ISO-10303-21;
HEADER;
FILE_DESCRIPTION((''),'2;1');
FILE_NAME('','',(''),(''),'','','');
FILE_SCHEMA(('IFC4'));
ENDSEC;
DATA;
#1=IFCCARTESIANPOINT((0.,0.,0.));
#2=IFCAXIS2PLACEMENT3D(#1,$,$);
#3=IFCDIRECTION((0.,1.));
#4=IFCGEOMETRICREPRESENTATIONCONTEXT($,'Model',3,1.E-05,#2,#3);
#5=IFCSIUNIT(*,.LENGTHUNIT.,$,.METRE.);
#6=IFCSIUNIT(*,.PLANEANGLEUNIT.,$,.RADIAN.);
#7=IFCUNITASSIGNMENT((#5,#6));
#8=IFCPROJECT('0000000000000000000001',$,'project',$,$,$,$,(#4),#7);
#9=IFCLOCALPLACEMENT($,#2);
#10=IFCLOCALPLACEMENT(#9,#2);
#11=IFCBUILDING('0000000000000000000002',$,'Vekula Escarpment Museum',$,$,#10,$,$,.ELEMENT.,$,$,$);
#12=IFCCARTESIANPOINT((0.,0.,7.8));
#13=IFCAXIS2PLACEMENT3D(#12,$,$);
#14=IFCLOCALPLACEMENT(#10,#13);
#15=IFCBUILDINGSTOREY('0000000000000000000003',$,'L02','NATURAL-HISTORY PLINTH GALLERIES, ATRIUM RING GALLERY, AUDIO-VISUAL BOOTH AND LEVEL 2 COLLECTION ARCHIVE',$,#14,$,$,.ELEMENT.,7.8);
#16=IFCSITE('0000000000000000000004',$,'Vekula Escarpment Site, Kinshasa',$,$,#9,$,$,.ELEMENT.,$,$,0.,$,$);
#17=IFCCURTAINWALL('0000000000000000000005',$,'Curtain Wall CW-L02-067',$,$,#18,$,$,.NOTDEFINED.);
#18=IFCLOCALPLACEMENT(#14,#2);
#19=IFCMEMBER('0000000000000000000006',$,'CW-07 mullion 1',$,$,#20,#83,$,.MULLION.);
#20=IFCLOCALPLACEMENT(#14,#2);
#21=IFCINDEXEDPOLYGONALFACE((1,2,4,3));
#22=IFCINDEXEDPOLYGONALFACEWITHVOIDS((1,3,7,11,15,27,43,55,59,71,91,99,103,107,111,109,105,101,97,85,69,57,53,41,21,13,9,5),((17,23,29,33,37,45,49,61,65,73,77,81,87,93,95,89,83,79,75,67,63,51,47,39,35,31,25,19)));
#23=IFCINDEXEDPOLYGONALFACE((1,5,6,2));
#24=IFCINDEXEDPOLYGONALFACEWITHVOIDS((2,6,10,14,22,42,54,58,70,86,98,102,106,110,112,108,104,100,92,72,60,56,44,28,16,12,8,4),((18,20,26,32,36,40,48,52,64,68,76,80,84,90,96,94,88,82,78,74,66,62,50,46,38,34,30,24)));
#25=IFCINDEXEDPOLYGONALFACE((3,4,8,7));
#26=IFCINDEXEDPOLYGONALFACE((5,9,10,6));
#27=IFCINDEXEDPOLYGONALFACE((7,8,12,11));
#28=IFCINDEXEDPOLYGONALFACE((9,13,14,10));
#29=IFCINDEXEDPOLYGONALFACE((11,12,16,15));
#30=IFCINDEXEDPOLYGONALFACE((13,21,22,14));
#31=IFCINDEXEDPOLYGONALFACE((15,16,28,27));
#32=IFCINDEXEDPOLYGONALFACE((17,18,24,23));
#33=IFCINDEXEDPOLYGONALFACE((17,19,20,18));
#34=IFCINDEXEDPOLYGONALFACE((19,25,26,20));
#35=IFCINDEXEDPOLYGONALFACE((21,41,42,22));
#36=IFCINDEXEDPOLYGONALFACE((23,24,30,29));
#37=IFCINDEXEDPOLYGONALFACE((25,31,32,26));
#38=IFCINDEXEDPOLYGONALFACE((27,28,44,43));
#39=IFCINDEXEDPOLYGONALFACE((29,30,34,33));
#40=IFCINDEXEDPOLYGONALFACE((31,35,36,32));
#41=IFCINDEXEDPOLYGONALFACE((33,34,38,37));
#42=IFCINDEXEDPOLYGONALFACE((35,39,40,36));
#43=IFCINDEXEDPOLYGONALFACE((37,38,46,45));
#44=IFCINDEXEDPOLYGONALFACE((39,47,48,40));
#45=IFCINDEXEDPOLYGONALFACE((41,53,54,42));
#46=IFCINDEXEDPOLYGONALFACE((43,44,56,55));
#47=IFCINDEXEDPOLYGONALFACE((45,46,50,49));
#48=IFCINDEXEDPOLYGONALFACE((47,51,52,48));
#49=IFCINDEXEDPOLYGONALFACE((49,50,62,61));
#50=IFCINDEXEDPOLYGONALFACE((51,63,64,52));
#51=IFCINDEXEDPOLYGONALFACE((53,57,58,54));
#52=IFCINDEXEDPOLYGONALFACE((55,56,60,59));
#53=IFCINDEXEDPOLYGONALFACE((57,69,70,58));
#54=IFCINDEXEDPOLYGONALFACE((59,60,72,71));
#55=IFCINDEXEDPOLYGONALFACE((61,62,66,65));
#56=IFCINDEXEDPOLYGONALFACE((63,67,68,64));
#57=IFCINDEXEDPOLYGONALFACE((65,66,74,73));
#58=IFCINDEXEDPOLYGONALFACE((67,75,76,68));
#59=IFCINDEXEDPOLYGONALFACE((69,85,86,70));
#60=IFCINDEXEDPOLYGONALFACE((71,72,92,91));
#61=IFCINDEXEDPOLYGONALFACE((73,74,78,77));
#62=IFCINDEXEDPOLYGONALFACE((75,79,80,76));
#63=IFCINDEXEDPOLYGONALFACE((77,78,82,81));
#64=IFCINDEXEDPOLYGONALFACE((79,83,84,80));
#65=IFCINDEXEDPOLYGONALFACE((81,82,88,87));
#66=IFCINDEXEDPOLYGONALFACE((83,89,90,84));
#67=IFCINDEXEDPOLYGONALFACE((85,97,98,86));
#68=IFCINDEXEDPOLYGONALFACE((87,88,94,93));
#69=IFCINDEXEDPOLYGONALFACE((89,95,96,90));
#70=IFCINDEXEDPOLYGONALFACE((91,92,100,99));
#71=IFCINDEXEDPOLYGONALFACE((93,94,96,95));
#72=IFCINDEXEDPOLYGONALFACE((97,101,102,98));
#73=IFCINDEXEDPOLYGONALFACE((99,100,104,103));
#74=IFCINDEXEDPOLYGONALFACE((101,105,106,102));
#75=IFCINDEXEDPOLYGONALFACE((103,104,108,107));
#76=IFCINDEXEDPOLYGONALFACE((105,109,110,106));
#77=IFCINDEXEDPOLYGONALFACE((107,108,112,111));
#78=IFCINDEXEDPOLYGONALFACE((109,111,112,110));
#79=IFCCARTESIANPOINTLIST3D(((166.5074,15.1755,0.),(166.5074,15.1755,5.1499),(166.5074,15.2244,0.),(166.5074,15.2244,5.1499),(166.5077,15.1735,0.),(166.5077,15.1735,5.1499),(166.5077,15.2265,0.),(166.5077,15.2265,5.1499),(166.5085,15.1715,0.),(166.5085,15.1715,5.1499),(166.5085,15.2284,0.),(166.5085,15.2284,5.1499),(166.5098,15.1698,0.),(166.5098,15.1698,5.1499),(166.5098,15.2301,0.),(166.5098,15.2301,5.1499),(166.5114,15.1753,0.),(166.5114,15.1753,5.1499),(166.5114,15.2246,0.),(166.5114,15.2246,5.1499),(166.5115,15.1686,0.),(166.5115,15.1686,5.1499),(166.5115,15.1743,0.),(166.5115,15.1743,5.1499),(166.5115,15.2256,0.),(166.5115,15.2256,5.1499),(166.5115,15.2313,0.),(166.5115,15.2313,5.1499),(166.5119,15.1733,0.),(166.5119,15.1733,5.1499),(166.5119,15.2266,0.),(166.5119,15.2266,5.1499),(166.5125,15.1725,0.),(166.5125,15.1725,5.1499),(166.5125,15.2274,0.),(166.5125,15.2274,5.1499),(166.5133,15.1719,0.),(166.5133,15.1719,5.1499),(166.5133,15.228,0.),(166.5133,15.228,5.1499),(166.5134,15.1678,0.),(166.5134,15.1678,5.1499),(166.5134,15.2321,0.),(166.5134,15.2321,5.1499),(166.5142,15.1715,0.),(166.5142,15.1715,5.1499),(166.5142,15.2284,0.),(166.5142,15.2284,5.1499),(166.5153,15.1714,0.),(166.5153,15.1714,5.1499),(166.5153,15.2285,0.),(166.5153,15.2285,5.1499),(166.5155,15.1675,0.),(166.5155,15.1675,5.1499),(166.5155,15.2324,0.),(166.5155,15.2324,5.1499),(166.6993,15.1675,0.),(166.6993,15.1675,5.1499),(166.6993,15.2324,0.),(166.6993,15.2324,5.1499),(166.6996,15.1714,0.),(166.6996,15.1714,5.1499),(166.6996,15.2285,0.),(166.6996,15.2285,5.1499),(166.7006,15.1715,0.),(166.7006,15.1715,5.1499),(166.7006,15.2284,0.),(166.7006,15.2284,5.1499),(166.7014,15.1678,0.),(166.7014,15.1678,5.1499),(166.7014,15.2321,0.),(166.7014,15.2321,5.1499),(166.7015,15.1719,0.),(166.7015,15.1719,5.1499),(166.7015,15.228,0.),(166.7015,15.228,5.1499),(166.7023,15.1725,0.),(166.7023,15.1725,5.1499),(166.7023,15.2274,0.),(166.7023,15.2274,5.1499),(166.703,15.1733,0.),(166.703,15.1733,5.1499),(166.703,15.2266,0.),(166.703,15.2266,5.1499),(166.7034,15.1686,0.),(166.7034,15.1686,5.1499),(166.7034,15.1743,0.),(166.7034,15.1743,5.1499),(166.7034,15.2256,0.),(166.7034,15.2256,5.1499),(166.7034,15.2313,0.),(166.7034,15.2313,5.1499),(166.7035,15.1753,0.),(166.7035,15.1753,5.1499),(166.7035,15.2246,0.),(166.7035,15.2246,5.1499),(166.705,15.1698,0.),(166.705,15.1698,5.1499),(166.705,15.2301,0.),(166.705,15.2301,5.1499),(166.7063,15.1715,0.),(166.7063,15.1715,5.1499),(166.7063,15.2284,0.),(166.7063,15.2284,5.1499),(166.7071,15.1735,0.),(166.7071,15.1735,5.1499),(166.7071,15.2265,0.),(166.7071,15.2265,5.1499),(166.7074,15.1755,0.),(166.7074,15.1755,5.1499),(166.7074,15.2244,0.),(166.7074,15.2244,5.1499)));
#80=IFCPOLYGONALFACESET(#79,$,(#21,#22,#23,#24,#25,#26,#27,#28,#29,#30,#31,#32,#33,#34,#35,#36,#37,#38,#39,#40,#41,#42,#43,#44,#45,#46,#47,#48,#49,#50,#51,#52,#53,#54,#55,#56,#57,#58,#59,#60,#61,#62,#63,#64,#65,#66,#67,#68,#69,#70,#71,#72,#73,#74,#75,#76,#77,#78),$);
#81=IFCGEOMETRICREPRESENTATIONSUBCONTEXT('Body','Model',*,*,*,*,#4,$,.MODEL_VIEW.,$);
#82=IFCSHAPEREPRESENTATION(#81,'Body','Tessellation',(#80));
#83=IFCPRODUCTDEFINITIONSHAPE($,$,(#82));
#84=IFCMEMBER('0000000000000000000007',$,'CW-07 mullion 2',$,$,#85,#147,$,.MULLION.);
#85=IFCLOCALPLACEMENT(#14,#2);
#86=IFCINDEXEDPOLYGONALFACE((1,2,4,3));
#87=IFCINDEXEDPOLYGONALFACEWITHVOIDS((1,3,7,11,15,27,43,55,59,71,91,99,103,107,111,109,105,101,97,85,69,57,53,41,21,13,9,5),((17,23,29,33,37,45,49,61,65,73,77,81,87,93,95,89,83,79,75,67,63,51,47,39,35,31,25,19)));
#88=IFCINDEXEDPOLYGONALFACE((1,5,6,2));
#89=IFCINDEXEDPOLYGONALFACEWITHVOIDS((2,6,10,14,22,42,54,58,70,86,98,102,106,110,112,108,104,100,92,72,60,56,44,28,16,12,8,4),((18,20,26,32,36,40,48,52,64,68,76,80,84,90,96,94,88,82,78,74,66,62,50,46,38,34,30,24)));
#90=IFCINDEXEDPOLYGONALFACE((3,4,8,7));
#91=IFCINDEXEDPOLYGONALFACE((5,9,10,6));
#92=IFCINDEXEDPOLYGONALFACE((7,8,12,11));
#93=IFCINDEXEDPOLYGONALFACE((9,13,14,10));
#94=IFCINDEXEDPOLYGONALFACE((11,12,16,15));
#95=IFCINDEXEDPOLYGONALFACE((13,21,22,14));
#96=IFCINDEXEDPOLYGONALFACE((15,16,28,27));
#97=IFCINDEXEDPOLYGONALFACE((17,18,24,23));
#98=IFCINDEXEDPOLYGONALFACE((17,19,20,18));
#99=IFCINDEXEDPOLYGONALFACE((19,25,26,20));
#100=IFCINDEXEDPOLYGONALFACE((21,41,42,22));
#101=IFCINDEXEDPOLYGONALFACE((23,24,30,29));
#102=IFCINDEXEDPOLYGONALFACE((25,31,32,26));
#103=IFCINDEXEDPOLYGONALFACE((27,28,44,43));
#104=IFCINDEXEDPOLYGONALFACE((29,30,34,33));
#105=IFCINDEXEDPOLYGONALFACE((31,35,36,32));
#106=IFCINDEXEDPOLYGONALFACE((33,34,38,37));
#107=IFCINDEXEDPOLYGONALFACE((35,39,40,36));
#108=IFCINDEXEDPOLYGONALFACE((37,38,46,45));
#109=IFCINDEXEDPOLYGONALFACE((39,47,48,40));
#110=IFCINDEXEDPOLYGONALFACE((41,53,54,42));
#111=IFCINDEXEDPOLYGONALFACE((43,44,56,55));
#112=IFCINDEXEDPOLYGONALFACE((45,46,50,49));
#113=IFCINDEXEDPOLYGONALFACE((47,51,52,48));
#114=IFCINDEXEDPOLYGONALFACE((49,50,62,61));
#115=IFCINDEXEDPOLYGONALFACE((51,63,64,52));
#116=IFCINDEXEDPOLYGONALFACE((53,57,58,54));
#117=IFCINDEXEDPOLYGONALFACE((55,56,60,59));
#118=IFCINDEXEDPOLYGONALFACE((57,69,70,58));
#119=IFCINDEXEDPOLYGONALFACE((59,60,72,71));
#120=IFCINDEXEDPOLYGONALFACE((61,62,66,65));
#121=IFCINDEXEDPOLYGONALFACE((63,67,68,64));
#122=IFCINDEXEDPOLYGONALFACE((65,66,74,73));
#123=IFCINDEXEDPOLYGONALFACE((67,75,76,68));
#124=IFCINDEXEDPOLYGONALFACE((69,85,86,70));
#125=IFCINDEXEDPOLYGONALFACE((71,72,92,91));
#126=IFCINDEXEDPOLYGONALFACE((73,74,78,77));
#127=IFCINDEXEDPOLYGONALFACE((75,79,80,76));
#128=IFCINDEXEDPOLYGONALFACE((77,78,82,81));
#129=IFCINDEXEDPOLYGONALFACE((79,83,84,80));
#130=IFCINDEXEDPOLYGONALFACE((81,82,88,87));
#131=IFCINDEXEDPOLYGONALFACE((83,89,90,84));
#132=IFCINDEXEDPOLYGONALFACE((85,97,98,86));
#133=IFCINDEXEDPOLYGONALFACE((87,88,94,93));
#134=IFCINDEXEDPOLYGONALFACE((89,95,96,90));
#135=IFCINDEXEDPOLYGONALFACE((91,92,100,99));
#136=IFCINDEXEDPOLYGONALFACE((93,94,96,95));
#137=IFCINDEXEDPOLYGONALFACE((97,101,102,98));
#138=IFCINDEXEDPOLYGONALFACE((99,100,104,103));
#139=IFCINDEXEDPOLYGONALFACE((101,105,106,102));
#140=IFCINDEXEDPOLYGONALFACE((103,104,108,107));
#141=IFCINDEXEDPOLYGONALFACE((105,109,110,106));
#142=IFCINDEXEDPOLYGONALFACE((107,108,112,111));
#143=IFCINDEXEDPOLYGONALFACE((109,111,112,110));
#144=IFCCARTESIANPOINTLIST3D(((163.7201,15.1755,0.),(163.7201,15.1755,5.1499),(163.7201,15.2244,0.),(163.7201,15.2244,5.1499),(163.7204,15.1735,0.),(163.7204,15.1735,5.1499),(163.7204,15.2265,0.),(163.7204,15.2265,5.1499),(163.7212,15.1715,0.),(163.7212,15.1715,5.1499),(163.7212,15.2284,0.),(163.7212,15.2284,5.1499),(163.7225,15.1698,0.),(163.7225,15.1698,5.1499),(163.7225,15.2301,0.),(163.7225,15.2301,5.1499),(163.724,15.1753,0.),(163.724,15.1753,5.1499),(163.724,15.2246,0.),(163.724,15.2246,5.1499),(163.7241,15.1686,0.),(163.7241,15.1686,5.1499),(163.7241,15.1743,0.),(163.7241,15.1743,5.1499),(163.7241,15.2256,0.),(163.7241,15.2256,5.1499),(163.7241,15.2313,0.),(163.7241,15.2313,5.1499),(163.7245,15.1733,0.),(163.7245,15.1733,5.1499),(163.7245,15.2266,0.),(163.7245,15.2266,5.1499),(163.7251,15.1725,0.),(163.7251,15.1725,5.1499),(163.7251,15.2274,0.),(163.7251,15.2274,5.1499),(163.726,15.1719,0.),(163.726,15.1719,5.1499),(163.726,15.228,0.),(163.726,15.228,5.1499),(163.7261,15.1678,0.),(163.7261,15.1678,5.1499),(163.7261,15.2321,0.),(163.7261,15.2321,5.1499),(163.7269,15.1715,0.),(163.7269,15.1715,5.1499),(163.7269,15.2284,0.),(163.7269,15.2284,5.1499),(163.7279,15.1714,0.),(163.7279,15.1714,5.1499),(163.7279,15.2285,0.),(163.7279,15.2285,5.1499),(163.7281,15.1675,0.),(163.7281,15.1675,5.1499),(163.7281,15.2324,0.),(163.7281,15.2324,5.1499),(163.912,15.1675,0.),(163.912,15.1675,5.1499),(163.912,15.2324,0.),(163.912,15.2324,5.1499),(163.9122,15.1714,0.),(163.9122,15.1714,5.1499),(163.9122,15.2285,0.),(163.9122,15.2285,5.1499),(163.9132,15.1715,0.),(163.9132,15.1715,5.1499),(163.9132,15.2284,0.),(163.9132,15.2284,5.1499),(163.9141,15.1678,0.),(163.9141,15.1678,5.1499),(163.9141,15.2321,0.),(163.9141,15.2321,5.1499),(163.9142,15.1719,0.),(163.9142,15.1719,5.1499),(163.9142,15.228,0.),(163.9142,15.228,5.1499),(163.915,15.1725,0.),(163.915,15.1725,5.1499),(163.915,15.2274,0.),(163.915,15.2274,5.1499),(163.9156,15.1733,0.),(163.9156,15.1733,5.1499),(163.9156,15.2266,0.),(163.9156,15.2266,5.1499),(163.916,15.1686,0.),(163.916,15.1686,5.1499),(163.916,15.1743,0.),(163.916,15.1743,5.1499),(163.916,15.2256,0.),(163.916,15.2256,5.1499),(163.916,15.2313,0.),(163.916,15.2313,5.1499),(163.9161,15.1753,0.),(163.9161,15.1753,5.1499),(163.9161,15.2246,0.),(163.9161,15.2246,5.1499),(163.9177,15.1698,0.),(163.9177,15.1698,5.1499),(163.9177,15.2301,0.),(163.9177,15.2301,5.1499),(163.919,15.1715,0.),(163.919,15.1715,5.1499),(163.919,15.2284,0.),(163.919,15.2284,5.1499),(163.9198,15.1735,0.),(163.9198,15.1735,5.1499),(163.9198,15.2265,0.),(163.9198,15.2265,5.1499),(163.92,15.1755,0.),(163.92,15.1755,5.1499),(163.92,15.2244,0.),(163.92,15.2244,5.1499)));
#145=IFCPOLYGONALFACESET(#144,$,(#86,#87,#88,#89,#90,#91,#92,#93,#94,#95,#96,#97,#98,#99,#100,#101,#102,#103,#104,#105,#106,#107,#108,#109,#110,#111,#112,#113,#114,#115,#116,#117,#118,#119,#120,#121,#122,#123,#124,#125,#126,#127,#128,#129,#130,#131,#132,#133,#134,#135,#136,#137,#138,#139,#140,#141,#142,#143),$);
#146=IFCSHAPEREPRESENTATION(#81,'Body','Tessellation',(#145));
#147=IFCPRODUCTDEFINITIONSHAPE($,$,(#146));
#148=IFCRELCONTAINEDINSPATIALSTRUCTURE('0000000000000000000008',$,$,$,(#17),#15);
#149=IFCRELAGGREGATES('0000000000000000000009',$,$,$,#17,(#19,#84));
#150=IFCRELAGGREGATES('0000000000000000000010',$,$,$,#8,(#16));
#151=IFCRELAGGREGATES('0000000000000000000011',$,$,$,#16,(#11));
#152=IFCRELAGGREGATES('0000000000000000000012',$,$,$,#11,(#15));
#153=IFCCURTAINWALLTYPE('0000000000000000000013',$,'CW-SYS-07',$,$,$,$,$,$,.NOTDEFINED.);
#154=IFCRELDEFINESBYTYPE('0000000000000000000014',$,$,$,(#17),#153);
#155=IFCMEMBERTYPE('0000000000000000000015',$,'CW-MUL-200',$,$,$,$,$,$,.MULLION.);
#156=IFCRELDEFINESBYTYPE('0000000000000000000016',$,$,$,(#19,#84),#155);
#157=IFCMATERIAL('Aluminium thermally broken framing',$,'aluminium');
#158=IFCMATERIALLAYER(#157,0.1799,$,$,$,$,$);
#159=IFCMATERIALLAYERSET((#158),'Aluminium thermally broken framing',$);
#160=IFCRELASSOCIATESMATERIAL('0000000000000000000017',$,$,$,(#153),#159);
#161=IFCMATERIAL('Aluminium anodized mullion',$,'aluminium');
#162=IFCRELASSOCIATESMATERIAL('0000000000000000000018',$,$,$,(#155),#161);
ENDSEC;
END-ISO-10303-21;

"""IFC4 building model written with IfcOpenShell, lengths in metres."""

from ifc_helpers import new_model, si_unit, direction, frame, origin, origin_2d, place, context, subcontext, project, spatial, hollow_rectangle, extrude, material, layer, layer_set, material_profile, profile_set, type_object, element, aggregate, save


model = new_model("IFC4")

# Units and contexts
model_context = context("Model", 3, precision=1e-05, world=origin(), true_north=direction((0.0, 1.0)))
body_context = subcontext(model_context, "Body", "Model", "MODEL_VIEW")
ifc_project = project(units=[si_unit("LENGTHUNIT", "METRE"), si_unit("PLANEANGLEUNIT", "RADIAN")], contexts=[model_context])

# Site, building, storey
site_placement = place(None, origin())
site = spatial("IfcSite", under=ifc_project, at=site_placement, Name="Vekula Escarpment Site, Kinshasa", CompositionType="ELEMENT", RefElevation=0.0)
building_placement = place(site_placement, origin())
building = spatial("IfcBuilding", under=site, at=building_placement, Name="Vekula Escarpment Museum", CompositionType="ELEMENT")
storey_placement = place(building_placement, frame((0.0, 0.0, 7.8)))
storey = spatial("IfcBuildingStorey", under=building, at=storey_placement, Name="L02", Description="NATURAL-HISTORY PLINTH GALLERIES, ATRIUM RING GALLERY, AUDIO-VISUAL BOOTH AND LEVEL 2 COLLECTION ARCHIVE", CompositionType="ELEMENT", Elevation=7.8)

# Curtain wall, members
ifc_material_1 = material(Name="Aluminium thermally broken framing", Category="aluminium")
ifc_layer_1 = layer(ifc_material_1, 0.1799)
ifc_layer_set_1 = layer_set([ifc_layer_1], Name="Aluminium thermally broken framing")
curtain_wall_type = type_object("IfcCurtainWallType", Name="CW-SYS-07", PredefinedType="NOTDEFINED", material=ifc_layer_set_1)
curtain_wall_placement = place(storey_placement, origin())
curtain_wall = element("IfcCurtainWall", 1, at=curtain_wall_placement, inside=storey, type_object=curtain_wall_type, Name="Curtain Wall CW-L02-067", PredefinedType="NOTDEFINED")
ifc_material_2 = material(Name="Aluminium anodized mullion", Category="aluminium")
ifc_material_profile_1 = material_profile(ifc_material_2, hollow_rectangle(XDim=0.0649, YDim=0.2, WallThickness=0.0039, InnerFilletRadius=0.0039, OuterFilletRadius=0.0081, at=origin_2d()), Name="ALU 200x65x4")
ifc_profile_set_1 = profile_set([ifc_material_profile_1], Name="Aluminium anodized mullion")
member_type_1 = type_object("IfcMemberType", Name="CW-MUL-200", PredefinedType="MULLION", material=ifc_profile_set_1)
member_1_placement = place(storey_placement, frame((166.6074, 15.2, 0.0), z_axis=(0.0, 0.0, 1.0), x_axis=(0.0, -1.0, 0.0)))
member_1 = element("IfcMember", 2, at=member_1_placement, type_object=member_type_1, Name="CW-07 mullion 1", PredefinedType="MULLION", context=body_context, shape_type="SweptSolid", body=[
    extrude(hollow_rectangle(XDim=0.0649, YDim=0.2, WallThickness=0.0039, InnerFilletRadius=0.0039, OuterFilletRadius=0.0081, at=origin_2d()), origin(), (0.0, 0.0, 1.0), 5.1499),
])
member_2_placement = place(storey_placement, frame((163.8201, 15.2, 0.0), z_axis=(0.0, 0.0, 1.0), x_axis=(0.0, -1.0, 0.0)))
member_2 = element("IfcMember", 3, at=member_2_placement, type_object=member_type_1, Name="CW-07 mullion 2", PredefinedType="MULLION", context=body_context, shape_type="SweptSolid", body=[
    extrude(hollow_rectangle(XDim=0.0649, YDim=0.2, WallThickness=0.0039, InnerFilletRadius=0.0039, OuterFilletRadius=0.0081, at=origin_2d()), origin(), (0.0, 0.0, 1.0), 5.1499),
])
aggregate(curtain_wall, [member_1, member_2])

save(model, "model.ifc")
